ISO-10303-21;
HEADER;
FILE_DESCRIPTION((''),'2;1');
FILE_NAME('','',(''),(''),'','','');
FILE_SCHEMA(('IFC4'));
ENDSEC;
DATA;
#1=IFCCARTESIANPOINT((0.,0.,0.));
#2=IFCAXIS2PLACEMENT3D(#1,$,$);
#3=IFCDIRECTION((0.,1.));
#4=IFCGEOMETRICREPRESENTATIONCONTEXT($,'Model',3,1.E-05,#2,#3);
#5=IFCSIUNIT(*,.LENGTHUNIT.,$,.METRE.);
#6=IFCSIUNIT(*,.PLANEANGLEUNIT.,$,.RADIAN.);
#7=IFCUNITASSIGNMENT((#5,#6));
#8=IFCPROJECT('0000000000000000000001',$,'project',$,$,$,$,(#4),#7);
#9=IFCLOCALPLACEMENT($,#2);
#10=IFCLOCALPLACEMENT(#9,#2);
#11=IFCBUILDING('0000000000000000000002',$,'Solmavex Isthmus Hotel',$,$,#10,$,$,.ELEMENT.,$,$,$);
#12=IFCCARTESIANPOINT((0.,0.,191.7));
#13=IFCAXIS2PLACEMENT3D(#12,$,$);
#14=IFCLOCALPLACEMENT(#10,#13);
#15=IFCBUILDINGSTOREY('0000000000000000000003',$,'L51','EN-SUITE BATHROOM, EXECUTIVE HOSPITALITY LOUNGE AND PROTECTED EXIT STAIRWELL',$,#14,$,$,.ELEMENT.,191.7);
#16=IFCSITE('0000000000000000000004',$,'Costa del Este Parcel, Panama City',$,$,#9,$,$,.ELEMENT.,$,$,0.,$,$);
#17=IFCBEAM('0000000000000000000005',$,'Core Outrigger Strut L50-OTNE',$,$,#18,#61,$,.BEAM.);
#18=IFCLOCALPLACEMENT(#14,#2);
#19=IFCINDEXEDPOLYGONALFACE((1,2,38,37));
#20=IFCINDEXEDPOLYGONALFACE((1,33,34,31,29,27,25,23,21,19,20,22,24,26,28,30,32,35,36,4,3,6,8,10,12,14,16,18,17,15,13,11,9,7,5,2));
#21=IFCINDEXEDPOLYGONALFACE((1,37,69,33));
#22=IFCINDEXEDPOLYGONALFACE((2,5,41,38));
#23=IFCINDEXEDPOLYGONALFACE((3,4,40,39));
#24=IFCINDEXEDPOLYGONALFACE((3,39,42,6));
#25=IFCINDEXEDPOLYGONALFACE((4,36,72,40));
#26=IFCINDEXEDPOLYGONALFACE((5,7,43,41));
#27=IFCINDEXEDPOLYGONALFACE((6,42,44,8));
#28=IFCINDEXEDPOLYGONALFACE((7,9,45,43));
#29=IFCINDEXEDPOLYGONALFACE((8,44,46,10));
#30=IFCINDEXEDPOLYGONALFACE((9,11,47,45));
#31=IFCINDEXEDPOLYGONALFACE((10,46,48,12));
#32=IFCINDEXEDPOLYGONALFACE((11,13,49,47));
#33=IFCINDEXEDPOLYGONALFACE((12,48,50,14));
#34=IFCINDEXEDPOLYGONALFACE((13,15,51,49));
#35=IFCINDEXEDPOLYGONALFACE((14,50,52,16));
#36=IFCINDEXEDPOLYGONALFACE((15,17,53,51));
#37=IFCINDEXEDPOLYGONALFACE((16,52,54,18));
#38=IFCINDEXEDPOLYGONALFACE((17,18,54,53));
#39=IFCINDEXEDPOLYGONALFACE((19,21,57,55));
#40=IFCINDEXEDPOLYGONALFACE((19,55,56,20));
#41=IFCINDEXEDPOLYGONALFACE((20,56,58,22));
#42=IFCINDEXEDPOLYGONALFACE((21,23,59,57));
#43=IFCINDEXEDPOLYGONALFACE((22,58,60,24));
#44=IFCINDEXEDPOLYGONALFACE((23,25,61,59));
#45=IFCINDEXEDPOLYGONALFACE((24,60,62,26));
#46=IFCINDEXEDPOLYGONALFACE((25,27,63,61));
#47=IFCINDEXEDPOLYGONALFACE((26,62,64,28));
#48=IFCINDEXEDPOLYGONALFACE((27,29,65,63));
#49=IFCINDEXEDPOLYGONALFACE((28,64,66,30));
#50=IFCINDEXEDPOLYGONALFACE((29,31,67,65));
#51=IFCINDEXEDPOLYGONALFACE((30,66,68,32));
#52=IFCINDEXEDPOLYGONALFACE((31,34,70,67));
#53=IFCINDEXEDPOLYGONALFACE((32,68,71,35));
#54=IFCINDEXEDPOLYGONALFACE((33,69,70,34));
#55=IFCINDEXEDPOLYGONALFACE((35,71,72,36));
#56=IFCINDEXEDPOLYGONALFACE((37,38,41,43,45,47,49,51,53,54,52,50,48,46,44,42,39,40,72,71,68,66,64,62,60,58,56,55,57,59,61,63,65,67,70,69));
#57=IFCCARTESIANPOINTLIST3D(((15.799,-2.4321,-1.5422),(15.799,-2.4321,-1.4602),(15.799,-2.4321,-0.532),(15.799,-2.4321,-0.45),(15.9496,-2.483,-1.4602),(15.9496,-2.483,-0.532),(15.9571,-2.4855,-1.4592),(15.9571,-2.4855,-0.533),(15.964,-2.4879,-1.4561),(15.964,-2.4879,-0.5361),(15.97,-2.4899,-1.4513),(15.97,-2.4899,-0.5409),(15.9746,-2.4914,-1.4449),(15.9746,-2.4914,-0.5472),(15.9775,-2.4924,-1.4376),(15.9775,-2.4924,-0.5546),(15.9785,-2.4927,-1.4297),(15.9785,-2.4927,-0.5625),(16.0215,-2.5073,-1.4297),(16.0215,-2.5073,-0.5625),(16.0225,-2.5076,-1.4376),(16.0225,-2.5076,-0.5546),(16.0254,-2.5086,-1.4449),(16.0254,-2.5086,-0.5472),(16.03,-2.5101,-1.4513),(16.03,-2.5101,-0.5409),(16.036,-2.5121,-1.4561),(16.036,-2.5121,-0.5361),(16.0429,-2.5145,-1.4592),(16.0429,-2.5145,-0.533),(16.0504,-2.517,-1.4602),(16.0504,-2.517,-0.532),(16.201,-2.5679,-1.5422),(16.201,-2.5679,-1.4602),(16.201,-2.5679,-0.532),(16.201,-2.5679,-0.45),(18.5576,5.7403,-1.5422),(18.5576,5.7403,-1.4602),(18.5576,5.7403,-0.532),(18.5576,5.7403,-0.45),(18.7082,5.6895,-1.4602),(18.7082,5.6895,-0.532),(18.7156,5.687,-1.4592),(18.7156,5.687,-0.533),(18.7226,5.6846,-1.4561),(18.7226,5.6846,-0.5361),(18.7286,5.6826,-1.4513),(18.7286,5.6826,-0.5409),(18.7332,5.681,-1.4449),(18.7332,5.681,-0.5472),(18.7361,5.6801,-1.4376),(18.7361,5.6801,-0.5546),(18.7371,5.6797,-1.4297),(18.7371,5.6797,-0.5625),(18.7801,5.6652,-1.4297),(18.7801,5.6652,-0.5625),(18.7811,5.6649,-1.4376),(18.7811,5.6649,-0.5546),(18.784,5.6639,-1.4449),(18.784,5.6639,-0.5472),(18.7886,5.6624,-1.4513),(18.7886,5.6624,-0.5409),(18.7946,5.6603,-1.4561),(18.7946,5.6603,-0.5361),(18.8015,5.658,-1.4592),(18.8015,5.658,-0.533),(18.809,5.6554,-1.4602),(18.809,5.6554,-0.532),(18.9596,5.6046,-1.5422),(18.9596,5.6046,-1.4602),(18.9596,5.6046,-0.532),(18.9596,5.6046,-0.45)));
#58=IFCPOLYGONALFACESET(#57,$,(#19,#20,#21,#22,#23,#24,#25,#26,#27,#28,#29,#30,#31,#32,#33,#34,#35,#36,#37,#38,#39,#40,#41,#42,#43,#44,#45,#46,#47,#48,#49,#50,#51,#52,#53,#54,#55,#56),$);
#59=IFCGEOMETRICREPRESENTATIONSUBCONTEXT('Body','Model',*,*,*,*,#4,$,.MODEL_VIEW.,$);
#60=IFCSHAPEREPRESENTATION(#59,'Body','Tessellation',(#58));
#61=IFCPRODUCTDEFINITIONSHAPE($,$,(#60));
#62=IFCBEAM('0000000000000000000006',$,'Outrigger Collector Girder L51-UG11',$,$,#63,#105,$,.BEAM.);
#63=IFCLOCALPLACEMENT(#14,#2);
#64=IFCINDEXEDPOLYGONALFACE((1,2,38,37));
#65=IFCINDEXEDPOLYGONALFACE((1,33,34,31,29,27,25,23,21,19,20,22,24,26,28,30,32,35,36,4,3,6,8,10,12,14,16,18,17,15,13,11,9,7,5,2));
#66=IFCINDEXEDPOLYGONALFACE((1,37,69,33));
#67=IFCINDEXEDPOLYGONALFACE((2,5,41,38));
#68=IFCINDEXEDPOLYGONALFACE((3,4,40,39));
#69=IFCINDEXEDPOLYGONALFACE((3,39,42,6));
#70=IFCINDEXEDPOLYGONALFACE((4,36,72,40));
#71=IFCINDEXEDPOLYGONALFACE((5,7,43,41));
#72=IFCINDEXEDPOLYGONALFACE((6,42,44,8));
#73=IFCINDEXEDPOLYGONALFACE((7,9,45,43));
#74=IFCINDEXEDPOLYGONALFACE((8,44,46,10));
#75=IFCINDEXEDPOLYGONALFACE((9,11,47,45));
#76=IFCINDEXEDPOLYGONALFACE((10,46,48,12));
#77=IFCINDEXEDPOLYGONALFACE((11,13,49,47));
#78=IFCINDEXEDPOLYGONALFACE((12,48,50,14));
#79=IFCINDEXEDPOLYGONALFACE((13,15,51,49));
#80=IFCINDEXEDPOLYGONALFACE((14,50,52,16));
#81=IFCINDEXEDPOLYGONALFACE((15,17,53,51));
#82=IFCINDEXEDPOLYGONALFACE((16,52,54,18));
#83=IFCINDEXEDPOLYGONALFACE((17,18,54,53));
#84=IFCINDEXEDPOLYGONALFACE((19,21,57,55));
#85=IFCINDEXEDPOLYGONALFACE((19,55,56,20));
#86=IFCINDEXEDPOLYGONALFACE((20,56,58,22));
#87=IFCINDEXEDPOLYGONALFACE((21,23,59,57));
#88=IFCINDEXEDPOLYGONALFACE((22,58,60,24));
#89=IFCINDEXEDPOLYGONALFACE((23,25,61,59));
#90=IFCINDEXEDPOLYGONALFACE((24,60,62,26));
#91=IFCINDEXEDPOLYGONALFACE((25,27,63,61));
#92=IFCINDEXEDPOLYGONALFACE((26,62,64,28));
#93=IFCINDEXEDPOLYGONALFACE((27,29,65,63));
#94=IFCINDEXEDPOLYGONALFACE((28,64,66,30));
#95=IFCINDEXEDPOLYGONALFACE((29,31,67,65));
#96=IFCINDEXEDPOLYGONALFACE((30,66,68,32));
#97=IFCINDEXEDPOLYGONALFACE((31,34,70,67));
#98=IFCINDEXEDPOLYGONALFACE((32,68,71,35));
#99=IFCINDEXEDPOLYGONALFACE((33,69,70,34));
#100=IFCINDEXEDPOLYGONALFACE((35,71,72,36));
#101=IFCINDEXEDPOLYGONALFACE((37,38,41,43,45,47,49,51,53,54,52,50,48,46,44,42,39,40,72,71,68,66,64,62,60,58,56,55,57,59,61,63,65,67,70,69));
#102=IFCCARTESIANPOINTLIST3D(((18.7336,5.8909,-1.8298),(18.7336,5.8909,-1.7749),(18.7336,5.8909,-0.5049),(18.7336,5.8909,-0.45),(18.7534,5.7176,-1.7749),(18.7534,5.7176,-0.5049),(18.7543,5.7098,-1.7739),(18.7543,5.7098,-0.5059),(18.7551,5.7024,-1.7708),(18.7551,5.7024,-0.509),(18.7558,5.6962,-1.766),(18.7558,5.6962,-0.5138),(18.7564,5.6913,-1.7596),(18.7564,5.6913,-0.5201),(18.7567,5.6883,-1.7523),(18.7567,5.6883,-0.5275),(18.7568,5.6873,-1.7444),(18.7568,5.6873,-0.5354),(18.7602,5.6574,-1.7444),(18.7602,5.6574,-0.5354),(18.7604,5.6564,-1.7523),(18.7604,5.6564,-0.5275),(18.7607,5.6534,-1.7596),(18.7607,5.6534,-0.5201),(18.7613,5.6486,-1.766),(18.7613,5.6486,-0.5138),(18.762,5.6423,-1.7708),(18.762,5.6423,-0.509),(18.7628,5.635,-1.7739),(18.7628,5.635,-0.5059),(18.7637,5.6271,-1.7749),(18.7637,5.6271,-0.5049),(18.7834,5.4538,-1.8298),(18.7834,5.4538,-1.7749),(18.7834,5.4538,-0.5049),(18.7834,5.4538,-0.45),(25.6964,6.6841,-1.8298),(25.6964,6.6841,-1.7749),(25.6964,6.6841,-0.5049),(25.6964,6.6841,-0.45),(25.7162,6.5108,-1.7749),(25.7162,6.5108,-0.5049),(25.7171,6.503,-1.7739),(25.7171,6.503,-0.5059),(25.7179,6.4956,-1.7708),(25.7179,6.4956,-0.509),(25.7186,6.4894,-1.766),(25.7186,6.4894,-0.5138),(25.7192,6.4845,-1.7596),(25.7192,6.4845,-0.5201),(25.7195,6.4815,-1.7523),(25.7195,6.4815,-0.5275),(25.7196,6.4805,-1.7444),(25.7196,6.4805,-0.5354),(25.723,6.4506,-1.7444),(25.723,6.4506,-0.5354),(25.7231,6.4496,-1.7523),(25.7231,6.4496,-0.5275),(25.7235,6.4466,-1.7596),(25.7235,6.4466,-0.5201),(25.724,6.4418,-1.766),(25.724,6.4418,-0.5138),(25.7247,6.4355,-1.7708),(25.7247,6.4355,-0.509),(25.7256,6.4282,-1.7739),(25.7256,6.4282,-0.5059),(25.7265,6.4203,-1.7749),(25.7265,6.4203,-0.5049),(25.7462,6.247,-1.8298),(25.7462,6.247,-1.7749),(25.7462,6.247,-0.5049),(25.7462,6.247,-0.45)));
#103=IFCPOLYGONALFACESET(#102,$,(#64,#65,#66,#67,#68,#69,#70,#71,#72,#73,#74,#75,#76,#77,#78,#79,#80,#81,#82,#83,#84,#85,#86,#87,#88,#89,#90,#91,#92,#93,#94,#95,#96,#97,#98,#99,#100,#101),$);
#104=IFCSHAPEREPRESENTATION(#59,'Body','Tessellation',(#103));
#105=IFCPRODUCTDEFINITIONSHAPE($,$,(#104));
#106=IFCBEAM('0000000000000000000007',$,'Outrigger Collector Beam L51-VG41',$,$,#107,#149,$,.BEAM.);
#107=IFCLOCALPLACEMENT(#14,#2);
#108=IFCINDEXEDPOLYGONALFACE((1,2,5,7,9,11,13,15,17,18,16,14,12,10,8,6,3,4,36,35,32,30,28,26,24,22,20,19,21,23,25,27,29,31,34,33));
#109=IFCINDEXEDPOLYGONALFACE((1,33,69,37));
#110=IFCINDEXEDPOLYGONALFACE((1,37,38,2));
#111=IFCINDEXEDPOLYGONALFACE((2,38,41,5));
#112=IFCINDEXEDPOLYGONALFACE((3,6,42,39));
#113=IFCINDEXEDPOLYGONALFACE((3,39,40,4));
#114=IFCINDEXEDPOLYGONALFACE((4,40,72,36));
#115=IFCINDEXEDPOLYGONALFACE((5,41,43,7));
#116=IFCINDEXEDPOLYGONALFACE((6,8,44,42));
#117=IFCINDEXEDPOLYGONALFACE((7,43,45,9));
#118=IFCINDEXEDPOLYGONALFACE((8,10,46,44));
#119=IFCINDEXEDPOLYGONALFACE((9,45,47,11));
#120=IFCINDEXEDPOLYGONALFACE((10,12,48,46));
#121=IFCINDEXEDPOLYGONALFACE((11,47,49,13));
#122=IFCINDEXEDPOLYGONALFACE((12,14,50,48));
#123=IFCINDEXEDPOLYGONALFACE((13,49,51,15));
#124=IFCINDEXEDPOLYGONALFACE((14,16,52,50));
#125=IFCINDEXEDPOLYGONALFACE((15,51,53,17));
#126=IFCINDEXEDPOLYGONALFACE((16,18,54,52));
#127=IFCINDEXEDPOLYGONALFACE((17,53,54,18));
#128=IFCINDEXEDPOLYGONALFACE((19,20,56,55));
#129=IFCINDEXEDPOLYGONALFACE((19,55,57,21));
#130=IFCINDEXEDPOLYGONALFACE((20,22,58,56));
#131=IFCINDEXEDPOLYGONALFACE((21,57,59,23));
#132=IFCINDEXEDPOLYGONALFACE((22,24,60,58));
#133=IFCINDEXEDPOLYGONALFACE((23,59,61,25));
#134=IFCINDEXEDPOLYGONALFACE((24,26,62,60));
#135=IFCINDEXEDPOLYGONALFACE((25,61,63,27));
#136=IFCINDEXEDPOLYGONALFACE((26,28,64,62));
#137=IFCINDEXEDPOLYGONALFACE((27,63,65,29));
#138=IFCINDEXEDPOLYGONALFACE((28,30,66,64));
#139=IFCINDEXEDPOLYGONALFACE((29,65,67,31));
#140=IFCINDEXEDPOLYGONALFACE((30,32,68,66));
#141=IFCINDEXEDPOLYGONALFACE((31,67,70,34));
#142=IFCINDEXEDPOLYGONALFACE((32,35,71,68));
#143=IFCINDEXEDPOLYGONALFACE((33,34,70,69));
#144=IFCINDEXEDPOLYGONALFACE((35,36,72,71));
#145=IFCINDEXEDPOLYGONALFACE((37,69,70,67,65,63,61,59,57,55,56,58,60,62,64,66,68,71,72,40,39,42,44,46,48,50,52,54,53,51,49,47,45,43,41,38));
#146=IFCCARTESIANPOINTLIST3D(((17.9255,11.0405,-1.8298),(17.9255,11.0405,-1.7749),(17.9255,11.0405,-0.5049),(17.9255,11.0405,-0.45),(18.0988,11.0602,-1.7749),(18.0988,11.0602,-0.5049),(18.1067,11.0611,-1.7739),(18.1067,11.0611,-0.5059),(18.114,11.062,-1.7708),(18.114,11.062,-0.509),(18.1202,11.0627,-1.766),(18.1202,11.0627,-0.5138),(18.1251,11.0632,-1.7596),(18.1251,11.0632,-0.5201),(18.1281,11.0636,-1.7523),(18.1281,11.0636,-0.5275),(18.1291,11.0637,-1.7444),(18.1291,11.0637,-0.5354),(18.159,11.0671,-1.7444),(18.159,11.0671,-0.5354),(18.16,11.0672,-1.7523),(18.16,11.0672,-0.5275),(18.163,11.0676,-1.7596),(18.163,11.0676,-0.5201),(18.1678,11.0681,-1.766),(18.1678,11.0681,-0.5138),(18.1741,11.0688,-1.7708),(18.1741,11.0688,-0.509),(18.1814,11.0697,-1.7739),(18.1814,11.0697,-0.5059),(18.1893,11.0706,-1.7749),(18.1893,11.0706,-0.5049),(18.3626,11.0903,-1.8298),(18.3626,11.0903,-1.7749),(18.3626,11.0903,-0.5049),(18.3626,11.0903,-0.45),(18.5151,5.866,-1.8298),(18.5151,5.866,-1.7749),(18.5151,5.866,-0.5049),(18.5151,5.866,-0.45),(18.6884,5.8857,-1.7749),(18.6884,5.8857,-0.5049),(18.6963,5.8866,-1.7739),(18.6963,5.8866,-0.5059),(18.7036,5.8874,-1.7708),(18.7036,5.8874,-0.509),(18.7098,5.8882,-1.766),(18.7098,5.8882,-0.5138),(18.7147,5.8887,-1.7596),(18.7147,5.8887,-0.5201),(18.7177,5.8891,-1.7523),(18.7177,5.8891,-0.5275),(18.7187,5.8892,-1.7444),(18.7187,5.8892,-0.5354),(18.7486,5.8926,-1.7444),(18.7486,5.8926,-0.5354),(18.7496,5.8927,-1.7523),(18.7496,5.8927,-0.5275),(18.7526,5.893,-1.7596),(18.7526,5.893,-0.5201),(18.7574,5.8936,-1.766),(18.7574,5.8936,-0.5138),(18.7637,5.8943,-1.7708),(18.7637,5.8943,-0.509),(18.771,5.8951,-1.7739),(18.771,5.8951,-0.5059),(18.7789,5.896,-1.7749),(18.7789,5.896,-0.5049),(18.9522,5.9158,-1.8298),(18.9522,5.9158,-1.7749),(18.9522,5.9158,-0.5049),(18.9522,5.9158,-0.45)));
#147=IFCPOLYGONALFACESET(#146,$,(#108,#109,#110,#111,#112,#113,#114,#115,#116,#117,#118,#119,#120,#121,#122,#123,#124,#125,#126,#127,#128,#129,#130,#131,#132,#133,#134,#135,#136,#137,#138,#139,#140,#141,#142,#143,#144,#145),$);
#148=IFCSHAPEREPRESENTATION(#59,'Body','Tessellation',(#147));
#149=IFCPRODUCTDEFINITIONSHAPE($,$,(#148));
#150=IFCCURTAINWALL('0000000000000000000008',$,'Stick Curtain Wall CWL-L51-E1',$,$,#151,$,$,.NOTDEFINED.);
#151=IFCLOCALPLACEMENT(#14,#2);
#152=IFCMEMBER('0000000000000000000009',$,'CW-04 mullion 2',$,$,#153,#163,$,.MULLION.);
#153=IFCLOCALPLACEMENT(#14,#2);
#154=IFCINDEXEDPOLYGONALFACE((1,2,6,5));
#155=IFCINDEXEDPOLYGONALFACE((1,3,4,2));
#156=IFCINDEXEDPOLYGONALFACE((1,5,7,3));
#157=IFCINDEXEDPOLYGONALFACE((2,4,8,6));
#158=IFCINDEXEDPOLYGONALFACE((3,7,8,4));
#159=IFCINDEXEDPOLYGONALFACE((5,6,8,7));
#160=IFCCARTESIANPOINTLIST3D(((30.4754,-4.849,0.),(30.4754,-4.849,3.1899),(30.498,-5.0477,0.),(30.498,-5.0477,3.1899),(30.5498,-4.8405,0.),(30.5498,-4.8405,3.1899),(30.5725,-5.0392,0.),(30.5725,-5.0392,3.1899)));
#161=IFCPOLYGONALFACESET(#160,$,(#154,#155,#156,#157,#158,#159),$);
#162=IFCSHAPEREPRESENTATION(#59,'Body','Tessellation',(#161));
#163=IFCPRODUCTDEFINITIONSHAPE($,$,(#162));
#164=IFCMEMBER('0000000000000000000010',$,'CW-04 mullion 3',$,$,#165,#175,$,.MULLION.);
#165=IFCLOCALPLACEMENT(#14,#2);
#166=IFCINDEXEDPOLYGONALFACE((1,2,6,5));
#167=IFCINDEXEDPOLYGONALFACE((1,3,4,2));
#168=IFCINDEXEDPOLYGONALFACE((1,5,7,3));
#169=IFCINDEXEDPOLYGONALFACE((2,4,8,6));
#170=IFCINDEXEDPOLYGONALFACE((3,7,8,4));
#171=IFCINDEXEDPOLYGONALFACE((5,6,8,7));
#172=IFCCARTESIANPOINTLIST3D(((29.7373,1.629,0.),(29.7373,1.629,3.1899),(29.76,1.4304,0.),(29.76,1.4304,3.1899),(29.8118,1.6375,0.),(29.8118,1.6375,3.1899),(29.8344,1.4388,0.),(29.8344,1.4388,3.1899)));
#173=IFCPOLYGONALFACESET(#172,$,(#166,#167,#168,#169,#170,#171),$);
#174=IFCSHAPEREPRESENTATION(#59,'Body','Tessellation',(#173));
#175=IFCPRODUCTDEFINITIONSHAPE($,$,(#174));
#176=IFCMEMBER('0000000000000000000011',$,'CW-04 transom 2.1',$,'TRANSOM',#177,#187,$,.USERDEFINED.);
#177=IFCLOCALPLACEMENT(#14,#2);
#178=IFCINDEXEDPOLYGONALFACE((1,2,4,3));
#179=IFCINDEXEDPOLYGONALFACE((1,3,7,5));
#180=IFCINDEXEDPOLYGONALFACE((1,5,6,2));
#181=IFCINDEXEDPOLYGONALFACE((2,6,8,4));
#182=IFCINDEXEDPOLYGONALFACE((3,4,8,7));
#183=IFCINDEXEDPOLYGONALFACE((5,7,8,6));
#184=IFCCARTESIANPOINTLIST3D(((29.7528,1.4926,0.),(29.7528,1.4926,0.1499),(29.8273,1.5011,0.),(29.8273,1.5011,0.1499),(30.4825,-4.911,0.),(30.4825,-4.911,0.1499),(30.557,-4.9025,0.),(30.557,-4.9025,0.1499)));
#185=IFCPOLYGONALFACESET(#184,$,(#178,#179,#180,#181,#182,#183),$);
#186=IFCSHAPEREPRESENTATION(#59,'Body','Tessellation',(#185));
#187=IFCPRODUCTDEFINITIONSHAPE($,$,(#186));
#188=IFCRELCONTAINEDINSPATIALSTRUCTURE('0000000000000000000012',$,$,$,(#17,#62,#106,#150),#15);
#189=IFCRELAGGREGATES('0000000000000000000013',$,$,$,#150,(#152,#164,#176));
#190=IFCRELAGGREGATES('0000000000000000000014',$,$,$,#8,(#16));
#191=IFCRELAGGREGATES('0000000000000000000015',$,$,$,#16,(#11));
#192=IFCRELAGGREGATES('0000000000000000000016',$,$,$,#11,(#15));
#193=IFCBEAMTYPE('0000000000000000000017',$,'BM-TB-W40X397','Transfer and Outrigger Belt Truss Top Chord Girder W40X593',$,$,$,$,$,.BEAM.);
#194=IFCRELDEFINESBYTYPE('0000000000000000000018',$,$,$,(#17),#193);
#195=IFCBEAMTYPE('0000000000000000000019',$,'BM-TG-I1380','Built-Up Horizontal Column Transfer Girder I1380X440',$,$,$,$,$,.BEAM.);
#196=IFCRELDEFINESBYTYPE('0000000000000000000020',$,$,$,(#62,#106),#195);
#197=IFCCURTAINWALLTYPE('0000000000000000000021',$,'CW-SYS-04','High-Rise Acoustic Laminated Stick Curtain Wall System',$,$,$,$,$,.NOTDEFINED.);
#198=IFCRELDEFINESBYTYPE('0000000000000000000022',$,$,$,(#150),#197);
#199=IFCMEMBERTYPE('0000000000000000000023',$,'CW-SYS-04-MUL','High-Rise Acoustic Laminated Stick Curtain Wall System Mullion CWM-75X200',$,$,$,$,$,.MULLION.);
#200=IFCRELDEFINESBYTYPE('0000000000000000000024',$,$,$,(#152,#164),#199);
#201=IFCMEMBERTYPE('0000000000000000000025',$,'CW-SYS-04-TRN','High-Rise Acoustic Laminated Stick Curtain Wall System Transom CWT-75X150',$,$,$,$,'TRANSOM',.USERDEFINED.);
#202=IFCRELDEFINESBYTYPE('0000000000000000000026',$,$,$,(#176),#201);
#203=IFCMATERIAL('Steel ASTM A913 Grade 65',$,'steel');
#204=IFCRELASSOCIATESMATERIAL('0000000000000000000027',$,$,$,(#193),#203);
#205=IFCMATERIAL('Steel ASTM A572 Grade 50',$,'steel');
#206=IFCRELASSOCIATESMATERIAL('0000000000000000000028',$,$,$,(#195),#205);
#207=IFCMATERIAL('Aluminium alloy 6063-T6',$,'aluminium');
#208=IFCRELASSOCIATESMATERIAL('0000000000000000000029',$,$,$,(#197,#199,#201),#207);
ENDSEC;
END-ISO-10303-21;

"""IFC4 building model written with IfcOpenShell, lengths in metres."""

from ifc_helpers import new_model, si_unit, direction, frame, origin, origin_2d, place, context, subcontext, project, spatial, rectangle, i_section, extrude, material, material_profile, profile_set, type_object, element, aggregate, save


model = new_model("IFC4")

# Units and contexts
model_context = context("Model", 3, precision=1e-05, world=origin(), true_north=direction((0.0, 1.0)))
body_context = subcontext(model_context, "Body", "Model", "MODEL_VIEW")
ifc_project = project(units=[si_unit("LENGTHUNIT", "METRE"), si_unit("PLANEANGLEUNIT", "RADIAN")], contexts=[model_context])

# Site, building, storey
site_placement = place(None, origin())
site = spatial("IfcSite", under=ifc_project, at=site_placement, Name="Costa del Este Parcel, Panama City", CompositionType="ELEMENT", RefElevation=0.0)
building_placement = place(site_placement, origin())
building = spatial("IfcBuilding", under=site, at=building_placement, Name="Solmavex Isthmus Hotel", CompositionType="ELEMENT")
storey_placement = place(building_placement, frame((0.0, 0.0, 191.7)))
storey = spatial("IfcBuildingStorey", under=building, at=storey_placement, Name="L51", Description="EN-SUITE BATHROOM, EXECUTIVE HOSPITALITY LOUNGE AND PROTECTED EXIT STAIRWELL", CompositionType="ELEMENT", Elevation=191.7)

# Shared definitions
ifc_material_1 = material(Name="Steel ASTM A913 Grade 65", Category="steel")

# Beams
ifc_material_profile_1 = material_profile(ifc_material_1, i_section(OverallWidth=0.4243, OverallDepth=1.0923, WebThickness=0.0454, FlangeThickness=0.082, FilletRadius=0.0305, at=origin_2d()), Name="W40X593")
ifc_profile_set_1 = profile_set([ifc_material_profile_1], Name="Steel ASTM A913 Grade 65")
beam_type_1 = type_object("IfcBeamType", Name="BM-TB-W40X397", Description="Transfer and Outrigger Belt Truss Top Chord Girder W40X593", PredefinedType="BEAM", material=ifc_profile_set_1)
beam_1_placement = place(storey_placement, frame((16.0, -2.5, -0.9961), z_axis=(0.319817, 0.947479, 0.0), x_axis=(-0.947479, 0.319817, 0.0)))
element("IfcBeam", 1, at=beam_1_placement, inside=storey, type_object=beam_type_1, Name="Core Outrigger Strut L50-OTNE", PredefinedType="BEAM", context=body_context, shape_type="SweptSolid", body=[
    extrude(i_section(OverallWidth=0.4243, OverallDepth=1.0923, WebThickness=0.0454, FlangeThickness=0.082, FilletRadius=0.0305, at=origin_2d()), origin(), (0.0, 0.0, 1.0), 8.6255),
])
ifc_material_2 = material(Name="Steel ASTM A572 Grade 50", Category="steel")
ifc_material_profile_2 = material_profile(ifc_material_2, i_section(OverallWidth=0.4399, OverallDepth=1.3799, WebThickness=0.03, FlangeThickness=0.0549, FilletRadius=0.0305, at=origin_2d()), Name="I1380X440")
ifc_profile_set_2 = profile_set([ifc_material_profile_2], Name="Steel ASTM A572 Grade 50")
beam_type_2 = type_object("IfcBeamType", Name="BM-TG-I1380", Description="Built-Up Horizontal Column Transfer Girder I1380X440", PredefinedType="BEAM", material=ifc_profile_set_2)
beam_2_placement = place(storey_placement, frame((18.7585, 5.6724, -1.1399), z_axis=(0.993574, 0.113188, 0.0), x_axis=(-0.113188, 0.993574, 0.0)))
element("IfcBeam", 2, at=beam_2_placement, inside=storey, type_object=beam_type_2, Name="Outrigger Collector Girder L51-UG11", PredefinedType="BEAM", context=body_context, shape_type="SweptSolid", body=[
    extrude(i_section(OverallWidth=0.4399, OverallDepth=1.3799, WebThickness=0.03, FlangeThickness=0.0549, FilletRadius=0.0305, at=origin_2d()), origin(), (0.0, 0.0, 1.0), 7.0078),
])
beam_3_placement = place(storey_placement, frame((18.7336, 5.8909, -1.1399), z_axis=(-0.113209, 0.993571, 0.0), x_axis=(-0.993571, -0.113209, 0.0)))
element("IfcBeam", 3, at=beam_3_placement, inside=storey, type_object=beam_type_2, Name="Outrigger Collector Beam L51-VG41", PredefinedType="BEAM", context=body_context, shape_type="SweptSolid", body=[
    extrude(i_section(OverallWidth=0.4399, OverallDepth=1.3799, WebThickness=0.03, FlangeThickness=0.0549, FilletRadius=0.0305, at=origin_2d()), origin(), (0.0, 0.0, 1.0), 5.208),
])

# Curtain wall, members
ifc_material_3 = material(Name="Aluminium alloy 6063-T6", Category="aluminium")
curtain_wall_type = type_object("IfcCurtainWallType", Name="CW-SYS-04", Description="High-Rise Acoustic Laminated Stick Curtain Wall System", PredefinedType="NOTDEFINED", material=ifc_material_3)
curtain_wall_placement = place(storey_placement, origin())
curtain_wall = element("IfcCurtainWall", 4, at=curtain_wall_placement, inside=storey, type_object=curtain_wall_type, Name="Stick Curtain Wall CWL-L51-E1", PredefinedType="NOTDEFINED")
ifc_material_profile_3 = material_profile(ifc_material_3, rectangle(XDim=0.075, YDim=0.2, at=origin_2d()), Name="CWM-75X200")
ifc_profile_set_3 = profile_set([ifc_material_profile_3], Name="Aluminium alloy 6063-T6")
member_type_1 = type_object("IfcMemberType", Name="CW-SYS-04-MUL", Description="High-Rise Acoustic Laminated Stick Curtain Wall System Mullion CWM-75X200", PredefinedType="MULLION", material=ifc_profile_set_3)
member_1_placement = place(storey_placement, frame((30.5239, -4.9441, 0.0), z_axis=(0.0, 0.0, 1.0), x_axis=(-0.993572, -0.113203, 0.0)))
member_1 = element("IfcMember", 5, at=member_1_placement, type_object=member_type_1, Name="CW-04 mullion 2", PredefinedType="MULLION", context=body_context, shape_type="SweptSolid", body=[
    extrude(rectangle(XDim=0.075, YDim=0.2, at=origin_2d()), origin(), (0.0, 0.0, 1.0), 3.1899),
])
member_2_placement = place(storey_placement, frame((29.7859, 1.5339, 0.0), z_axis=(0.0, 0.0, 1.0), x_axis=(-0.993572, -0.113203, 0.0)))
member_2 = element("IfcMember", 6, at=member_2_placement, type_object=member_type_1, Name="CW-04 mullion 3", PredefinedType="MULLION", context=body_context, shape_type="SweptSolid", body=[
    extrude(rectangle(XDim=0.075, YDim=0.2, at=origin_2d()), origin(), (0.0, 0.0, 1.0), 3.1899),
])
ifc_material_profile_4 = material_profile(ifc_material_3, rectangle(XDim=0.075, YDim=0.1499, at=origin_2d()), Name="CWT-75X150")
ifc_profile_set_4 = profile_set([ifc_material_profile_4], Name="Aluminium alloy 6063-T6")
member_type_2 = type_object("IfcMemberType", Name="CW-SYS-04-TRN", Description="High-Rise Acoustic Laminated Stick Curtain Wall System Transom CWT-75X150", ElementType="TRANSOM", PredefinedType="USERDEFINED", material=ifc_profile_set_4)
member_3_placement = place(storey_placement, frame((30.5198, -4.9067, 0.075), z_axis=(-0.113225, 0.993569, 0.0), x_axis=(-0.993569, -0.113225, 0.0)))
member_3 = element("IfcMember", 7, at=member_3_placement, type_object=member_type_2, Name="CW-04 transom 2.1", ObjectType="TRANSOM", PredefinedType="USERDEFINED", context=body_context, shape_type="SweptSolid", body=[
    extrude(rectangle(XDim=0.075, YDim=0.1499, at=origin_2d()), origin(), (0.0, 0.0, 1.0), 6.4451),
])
aggregate(curtain_wall, [member_1, member_2, member_3])

save(model, "model.ifc")
